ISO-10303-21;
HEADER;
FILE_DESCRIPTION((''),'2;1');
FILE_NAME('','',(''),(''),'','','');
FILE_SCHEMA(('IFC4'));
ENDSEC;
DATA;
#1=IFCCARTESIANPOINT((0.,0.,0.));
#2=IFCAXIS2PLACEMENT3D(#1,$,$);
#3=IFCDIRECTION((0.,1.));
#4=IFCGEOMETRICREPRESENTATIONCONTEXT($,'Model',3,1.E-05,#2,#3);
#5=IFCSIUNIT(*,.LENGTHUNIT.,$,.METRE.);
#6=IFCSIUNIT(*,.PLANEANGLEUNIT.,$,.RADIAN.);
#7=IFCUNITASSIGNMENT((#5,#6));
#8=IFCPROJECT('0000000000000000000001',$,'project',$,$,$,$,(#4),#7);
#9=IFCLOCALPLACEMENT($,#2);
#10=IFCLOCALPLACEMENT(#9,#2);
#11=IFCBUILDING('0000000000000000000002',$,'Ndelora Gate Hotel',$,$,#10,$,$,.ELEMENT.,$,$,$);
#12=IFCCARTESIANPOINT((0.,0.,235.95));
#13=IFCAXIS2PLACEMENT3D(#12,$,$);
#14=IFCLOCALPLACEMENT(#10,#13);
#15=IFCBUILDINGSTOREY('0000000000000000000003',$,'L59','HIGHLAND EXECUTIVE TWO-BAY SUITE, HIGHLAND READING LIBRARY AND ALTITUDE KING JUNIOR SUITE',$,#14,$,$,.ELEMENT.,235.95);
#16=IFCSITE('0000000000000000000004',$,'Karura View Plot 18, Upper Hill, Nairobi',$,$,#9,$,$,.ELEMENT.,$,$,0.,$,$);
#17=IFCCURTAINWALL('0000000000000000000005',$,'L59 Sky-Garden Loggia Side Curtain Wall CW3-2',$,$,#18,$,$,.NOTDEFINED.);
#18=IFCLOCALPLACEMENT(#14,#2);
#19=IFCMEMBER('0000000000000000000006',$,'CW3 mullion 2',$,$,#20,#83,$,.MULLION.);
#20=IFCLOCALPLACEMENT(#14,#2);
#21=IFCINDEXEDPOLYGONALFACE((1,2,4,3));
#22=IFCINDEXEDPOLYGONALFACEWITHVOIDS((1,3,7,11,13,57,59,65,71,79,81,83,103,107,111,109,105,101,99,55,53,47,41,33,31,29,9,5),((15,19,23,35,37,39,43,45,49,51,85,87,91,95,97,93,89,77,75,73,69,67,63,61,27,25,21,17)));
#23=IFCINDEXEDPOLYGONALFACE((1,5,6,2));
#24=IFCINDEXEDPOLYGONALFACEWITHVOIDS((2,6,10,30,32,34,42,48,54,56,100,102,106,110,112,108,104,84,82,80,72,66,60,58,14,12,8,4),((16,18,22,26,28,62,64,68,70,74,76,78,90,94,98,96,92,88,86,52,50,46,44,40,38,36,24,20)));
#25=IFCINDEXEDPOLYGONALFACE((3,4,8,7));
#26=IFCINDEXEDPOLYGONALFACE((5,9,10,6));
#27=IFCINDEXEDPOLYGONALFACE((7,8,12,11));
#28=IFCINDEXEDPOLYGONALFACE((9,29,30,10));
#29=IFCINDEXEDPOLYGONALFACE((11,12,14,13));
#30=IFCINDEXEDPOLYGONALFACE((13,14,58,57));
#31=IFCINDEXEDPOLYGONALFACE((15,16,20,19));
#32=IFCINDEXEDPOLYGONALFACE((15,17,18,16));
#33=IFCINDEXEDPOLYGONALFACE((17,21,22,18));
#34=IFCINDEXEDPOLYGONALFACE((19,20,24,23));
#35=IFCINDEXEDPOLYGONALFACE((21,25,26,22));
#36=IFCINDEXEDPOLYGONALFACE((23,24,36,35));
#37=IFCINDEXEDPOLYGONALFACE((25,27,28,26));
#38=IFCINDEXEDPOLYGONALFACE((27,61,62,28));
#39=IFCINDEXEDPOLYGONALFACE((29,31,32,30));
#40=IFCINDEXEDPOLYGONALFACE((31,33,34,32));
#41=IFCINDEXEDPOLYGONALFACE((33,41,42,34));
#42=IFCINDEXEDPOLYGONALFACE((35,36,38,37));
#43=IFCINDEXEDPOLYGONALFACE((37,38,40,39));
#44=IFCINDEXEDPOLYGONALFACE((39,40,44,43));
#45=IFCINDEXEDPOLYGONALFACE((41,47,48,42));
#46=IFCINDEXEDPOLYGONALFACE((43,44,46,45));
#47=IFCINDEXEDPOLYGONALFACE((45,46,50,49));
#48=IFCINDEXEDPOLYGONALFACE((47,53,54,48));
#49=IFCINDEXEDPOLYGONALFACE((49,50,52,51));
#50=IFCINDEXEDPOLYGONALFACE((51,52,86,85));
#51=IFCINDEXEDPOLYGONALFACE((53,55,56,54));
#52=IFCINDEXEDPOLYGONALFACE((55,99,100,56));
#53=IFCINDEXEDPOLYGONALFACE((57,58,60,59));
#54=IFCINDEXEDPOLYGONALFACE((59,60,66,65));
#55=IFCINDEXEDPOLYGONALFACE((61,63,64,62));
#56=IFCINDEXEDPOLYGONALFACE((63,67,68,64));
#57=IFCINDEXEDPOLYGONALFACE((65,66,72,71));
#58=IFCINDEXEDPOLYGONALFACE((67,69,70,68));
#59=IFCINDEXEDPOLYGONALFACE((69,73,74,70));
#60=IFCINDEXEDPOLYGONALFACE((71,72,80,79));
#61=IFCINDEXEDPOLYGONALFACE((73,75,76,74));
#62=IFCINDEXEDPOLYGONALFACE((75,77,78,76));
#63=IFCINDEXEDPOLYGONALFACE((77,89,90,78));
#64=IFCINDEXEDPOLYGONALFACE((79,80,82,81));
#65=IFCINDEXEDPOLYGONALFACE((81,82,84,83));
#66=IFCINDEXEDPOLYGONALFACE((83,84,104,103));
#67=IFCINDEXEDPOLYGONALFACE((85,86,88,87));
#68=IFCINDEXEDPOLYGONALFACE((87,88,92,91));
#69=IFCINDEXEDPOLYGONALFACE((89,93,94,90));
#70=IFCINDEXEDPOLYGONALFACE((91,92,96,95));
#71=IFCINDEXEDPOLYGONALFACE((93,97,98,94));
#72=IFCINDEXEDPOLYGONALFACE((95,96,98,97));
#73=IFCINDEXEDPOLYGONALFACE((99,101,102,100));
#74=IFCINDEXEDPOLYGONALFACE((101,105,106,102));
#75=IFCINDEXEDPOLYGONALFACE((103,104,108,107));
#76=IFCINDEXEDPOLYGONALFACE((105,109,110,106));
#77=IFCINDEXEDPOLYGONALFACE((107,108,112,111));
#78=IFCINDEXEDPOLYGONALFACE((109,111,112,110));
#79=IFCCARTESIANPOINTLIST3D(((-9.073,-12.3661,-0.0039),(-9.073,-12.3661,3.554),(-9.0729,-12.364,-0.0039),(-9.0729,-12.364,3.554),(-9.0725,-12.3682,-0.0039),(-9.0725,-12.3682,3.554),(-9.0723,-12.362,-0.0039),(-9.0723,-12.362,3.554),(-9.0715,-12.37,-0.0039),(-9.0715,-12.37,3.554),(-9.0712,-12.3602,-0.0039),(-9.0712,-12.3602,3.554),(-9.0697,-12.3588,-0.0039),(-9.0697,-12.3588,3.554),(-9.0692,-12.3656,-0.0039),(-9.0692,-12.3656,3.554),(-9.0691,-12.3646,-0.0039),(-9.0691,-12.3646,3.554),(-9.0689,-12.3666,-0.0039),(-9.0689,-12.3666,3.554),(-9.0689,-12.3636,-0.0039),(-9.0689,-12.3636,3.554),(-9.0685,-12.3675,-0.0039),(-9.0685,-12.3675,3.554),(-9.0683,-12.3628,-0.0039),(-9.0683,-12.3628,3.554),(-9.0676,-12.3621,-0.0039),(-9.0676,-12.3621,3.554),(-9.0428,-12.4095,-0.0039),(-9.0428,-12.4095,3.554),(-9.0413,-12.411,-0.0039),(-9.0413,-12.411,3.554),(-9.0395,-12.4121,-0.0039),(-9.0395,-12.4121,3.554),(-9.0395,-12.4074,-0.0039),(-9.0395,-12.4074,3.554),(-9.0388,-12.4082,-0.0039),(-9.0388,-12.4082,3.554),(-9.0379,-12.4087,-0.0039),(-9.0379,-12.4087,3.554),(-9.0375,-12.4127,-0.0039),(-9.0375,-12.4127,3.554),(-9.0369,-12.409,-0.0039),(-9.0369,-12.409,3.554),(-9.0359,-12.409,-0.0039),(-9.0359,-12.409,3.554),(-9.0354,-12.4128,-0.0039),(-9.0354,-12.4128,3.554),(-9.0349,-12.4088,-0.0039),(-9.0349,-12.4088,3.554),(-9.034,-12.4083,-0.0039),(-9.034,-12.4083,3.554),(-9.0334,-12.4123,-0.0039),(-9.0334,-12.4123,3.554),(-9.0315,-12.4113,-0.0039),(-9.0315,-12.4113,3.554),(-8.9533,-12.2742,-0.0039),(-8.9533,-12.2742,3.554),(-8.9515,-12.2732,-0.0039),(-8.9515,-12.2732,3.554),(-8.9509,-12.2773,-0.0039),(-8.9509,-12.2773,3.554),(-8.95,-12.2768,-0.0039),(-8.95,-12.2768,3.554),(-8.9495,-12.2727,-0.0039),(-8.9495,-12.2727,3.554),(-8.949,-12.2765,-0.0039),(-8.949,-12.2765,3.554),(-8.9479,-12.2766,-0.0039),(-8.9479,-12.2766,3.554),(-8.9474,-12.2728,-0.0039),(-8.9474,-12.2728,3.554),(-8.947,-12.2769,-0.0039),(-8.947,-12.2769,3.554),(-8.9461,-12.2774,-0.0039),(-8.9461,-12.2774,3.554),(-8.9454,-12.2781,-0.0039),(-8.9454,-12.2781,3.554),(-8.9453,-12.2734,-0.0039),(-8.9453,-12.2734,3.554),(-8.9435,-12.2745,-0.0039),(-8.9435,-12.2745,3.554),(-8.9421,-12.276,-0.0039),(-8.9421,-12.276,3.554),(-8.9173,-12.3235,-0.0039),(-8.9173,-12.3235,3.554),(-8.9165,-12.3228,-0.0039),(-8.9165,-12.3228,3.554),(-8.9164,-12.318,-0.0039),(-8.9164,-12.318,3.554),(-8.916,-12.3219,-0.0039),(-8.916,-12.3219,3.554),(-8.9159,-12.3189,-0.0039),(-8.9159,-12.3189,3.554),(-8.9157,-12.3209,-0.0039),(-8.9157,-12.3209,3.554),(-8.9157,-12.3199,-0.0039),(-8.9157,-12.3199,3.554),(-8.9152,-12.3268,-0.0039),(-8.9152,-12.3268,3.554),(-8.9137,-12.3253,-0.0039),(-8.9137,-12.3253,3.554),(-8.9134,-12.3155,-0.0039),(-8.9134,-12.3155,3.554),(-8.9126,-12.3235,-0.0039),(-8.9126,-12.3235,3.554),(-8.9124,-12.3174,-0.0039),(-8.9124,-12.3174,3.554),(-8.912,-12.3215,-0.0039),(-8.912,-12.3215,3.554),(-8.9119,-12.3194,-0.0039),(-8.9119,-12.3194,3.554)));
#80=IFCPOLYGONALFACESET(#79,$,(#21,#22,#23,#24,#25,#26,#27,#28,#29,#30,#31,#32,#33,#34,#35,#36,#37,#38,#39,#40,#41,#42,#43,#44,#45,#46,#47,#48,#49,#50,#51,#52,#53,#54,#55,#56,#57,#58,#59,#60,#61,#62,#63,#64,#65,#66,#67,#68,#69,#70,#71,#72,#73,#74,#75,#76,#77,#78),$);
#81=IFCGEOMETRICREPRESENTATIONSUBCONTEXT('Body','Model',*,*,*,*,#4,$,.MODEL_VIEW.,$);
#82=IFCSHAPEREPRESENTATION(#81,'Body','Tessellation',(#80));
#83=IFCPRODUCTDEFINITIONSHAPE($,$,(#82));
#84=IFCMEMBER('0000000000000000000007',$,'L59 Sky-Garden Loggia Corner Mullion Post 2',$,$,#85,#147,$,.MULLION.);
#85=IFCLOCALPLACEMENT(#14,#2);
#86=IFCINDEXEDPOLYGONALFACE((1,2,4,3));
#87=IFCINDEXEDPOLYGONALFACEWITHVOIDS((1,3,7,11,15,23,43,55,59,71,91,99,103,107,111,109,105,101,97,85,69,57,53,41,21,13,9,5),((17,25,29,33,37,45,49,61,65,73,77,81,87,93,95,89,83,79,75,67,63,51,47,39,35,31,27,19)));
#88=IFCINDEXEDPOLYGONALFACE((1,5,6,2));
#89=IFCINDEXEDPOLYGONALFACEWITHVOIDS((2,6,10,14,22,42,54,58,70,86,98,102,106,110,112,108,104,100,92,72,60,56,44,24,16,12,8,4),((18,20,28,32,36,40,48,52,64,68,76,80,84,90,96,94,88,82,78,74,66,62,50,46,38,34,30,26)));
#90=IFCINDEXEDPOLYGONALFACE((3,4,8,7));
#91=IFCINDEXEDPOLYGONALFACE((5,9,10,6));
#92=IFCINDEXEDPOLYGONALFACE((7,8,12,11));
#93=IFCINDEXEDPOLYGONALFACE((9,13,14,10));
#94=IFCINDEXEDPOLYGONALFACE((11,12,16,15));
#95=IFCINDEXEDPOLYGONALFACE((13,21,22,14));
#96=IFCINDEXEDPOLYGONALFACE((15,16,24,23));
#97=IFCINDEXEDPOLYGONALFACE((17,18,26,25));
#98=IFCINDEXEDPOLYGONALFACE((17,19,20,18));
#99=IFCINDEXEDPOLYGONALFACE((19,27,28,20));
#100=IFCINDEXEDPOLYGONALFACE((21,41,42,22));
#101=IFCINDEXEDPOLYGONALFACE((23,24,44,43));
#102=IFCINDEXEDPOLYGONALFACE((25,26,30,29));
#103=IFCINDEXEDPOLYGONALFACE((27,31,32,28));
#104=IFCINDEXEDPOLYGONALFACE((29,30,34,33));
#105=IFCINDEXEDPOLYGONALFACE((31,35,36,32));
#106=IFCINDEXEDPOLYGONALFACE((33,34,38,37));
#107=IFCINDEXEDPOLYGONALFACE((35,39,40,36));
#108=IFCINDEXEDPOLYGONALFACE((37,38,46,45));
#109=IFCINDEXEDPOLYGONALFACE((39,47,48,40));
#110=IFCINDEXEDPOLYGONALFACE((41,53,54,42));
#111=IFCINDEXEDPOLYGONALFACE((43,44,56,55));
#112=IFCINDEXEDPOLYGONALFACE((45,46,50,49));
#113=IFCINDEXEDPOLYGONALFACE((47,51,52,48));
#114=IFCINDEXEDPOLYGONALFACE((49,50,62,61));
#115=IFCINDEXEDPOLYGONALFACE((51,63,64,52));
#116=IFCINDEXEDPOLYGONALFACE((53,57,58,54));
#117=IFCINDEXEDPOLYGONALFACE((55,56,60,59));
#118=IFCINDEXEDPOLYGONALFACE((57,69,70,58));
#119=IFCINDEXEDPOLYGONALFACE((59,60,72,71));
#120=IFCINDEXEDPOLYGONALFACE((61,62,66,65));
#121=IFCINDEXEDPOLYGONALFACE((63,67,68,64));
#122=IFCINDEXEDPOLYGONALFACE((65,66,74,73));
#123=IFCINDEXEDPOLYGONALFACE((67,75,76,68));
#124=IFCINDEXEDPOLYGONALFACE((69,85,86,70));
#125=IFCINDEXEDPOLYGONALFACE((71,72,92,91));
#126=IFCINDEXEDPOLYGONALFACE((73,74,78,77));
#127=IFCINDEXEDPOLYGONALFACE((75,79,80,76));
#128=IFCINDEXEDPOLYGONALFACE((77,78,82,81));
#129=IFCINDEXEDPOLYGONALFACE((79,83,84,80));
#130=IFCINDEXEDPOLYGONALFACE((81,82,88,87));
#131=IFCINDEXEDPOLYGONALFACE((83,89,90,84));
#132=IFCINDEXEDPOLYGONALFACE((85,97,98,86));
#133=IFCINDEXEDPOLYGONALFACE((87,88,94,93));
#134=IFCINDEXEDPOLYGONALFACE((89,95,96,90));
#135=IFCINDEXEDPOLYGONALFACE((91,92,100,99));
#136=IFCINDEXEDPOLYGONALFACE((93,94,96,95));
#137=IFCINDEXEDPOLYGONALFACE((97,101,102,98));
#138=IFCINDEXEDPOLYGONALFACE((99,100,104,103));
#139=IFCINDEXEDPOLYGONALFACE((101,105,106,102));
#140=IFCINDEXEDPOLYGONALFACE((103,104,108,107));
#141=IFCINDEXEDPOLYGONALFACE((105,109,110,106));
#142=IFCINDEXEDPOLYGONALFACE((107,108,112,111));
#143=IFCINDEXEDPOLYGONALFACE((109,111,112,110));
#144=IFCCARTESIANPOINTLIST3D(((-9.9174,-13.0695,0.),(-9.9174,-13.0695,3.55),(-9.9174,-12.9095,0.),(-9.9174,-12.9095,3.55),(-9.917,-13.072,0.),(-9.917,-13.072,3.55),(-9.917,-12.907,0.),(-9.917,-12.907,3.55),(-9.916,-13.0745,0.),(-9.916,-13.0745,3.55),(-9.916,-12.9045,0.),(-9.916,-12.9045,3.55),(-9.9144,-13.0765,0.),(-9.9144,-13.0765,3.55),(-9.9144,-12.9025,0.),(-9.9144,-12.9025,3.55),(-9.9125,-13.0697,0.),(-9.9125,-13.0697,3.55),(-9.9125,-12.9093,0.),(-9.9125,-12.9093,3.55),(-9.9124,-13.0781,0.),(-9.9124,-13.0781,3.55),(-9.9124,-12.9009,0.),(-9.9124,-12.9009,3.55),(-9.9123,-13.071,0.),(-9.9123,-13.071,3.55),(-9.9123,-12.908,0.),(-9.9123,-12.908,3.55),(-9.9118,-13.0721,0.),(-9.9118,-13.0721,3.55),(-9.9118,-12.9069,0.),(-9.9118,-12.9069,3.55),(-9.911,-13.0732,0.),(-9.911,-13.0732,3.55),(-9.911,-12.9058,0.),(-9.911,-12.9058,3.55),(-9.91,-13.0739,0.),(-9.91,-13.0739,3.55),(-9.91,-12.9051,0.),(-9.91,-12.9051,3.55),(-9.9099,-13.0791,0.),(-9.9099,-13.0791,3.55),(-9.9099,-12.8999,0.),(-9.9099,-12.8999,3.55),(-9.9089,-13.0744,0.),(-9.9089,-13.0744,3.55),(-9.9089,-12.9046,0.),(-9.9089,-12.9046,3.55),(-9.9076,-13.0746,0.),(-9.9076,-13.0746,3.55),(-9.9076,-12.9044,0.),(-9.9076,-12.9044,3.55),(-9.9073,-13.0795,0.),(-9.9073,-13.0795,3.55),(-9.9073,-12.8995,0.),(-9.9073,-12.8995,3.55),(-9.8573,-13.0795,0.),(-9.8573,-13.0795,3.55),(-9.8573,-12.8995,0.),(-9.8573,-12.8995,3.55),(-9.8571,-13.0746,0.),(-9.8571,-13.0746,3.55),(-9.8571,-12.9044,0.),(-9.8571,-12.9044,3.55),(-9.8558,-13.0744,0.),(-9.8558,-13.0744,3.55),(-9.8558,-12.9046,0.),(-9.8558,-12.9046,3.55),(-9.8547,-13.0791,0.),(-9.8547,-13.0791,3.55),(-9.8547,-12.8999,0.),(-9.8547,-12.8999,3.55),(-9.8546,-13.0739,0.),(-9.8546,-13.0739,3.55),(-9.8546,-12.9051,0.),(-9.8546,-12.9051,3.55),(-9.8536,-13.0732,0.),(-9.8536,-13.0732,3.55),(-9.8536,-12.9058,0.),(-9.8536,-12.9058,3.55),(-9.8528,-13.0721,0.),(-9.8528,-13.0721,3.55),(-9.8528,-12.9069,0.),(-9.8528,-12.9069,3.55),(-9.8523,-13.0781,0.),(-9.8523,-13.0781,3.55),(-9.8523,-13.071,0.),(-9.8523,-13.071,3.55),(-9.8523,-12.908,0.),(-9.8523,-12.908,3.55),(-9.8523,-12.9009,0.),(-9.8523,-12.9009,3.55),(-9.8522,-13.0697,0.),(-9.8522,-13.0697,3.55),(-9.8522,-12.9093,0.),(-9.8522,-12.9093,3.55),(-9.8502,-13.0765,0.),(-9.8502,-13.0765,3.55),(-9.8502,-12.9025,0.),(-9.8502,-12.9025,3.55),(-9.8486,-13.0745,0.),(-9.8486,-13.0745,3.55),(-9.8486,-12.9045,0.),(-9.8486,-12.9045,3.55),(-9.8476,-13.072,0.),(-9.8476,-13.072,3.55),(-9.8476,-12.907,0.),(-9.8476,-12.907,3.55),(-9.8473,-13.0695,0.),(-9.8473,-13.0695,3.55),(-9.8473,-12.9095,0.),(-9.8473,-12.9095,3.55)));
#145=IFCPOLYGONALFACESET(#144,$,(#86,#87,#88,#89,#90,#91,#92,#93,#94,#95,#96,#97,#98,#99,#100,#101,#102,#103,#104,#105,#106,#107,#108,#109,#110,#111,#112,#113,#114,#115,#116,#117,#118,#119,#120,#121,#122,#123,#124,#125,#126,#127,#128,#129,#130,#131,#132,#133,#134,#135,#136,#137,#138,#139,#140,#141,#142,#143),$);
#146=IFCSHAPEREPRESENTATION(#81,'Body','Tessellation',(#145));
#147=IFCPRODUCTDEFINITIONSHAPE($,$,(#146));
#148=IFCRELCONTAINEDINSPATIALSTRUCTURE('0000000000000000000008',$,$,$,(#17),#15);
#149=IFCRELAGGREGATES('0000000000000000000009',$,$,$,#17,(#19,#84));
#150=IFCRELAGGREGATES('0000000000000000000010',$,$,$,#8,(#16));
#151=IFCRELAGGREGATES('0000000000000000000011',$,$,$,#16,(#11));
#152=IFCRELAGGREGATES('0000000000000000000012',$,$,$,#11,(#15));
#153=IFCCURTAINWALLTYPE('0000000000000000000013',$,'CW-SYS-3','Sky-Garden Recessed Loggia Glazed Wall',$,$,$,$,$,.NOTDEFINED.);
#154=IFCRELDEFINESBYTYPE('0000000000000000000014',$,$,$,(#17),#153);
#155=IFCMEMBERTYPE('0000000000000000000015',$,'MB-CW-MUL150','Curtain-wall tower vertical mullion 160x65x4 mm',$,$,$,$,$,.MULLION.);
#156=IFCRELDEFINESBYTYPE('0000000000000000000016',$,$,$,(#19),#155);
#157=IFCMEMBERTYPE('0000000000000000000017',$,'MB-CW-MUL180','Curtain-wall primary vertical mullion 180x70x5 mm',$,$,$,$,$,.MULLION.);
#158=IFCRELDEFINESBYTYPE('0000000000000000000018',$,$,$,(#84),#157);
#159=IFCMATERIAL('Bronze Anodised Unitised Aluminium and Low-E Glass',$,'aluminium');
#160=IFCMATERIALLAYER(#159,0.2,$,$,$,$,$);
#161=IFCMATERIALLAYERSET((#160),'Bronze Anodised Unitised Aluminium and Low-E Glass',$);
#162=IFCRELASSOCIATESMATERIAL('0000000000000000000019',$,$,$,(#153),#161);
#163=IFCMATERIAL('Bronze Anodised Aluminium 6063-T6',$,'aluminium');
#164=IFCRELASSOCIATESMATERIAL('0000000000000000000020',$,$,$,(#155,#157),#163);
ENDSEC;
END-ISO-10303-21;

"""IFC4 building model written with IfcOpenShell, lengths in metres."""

from ifc_helpers import new_model, si_unit, direction, frame, origin, origin_2d, place, context, subcontext, project, spatial, hollow_rectangle, extrude, material, layer, layer_set, material_profile, profile_set, type_object, element, aggregate, save


model = new_model("IFC4")

# Units and contexts
model_context = context("Model", 3, precision=1e-05, world=origin(), true_north=direction((0.0, 1.0)))
body_context = subcontext(model_context, "Body", "Model", "MODEL_VIEW")
ifc_project = project(units=[si_unit("LENGTHUNIT", "METRE"), si_unit("PLANEANGLEUNIT", "RADIAN")], contexts=[model_context])

# Site, building, storey
site_placement = place(None, origin())
site = spatial("IfcSite", under=ifc_project, at=site_placement, Name="Karura View Plot 18, Upper Hill, Nairobi", CompositionType="ELEMENT", RefElevation=0.0)
building_placement = place(site_placement, origin())
building = spatial("IfcBuilding", under=site, at=building_placement, Name="Ndelora Gate Hotel", CompositionType="ELEMENT")
storey_placement = place(building_placement, frame((0.0, 0.0, 235.95)))
storey = spatial("IfcBuildingStorey", under=building, at=storey_placement, Name="L59", Description="HIGHLAND EXECUTIVE TWO-BAY SUITE, HIGHLAND READING LIBRARY AND ALTITUDE KING JUNIOR SUITE", CompositionType="ELEMENT", Elevation=235.95)

# Curtain wall, members
ifc_material_1 = material(Name="Bronze Anodised Unitised Aluminium and Low-E Glass", Category="aluminium")
ifc_layer_1 = layer(ifc_material_1, 0.2)
ifc_layer_set_1 = layer_set([ifc_layer_1], Name="Bronze Anodised Unitised Aluminium and Low-E Glass")
curtain_wall_type = type_object("IfcCurtainWallType", Name="CW-SYS-3", Description="Sky-Garden Recessed Loggia Glazed Wall", PredefinedType="NOTDEFINED", material=ifc_layer_set_1)
curtain_wall_placement = place(storey_placement, origin())
curtain_wall = element("IfcCurtainWall", 1, at=curtain_wall_placement, inside=storey, type_object=curtain_wall_type, Name="L59 Sky-Garden Loggia Side Curtain Wall CW3-2", PredefinedType="NOTDEFINED")
ifc_material_2 = material(Name="Bronze Anodised Aluminium 6063-T6", Category="aluminium")
ifc_material_profile_1 = material_profile(ifc_material_2, hollow_rectangle(XDim=0.0649, YDim=0.1599, WallThickness=0.0039, InnerFilletRadius=0.0039, OuterFilletRadius=0.0081, at=origin_2d()), Name="ALU 160x65x4")
ifc_profile_set_1 = profile_set([ifc_material_profile_1], Name="Bronze Anodised Aluminium 6063-T6")
member_type_1 = type_object("IfcMemberType", Name="MB-CW-MUL150", Description="Curtain-wall tower vertical mullion 160x65x4 mm", PredefinedType="MULLION", material=ifc_profile_set_1)
member_1_placement = place(storey_placement, frame((-8.9924, -12.3428, -0.0039), z_axis=(0.0, 0.0, 1.0), x_axis=(-0.587764, 0.809033, 0.0)))
member_1 = element("IfcMember", 2, at=member_1_placement, type_object=member_type_1, Name="CW3 mullion 2", PredefinedType="MULLION", context=body_context, shape_type="SweptSolid", body=[
    extrude(hollow_rectangle(XDim=0.0649, YDim=0.1599, WallThickness=0.0039, InnerFilletRadius=0.0039, OuterFilletRadius=0.0081, at=origin_2d()), origin(), (0.0, 0.0, 1.0), 3.5579),
])
ifc_material_profile_2 = material_profile(ifc_material_2, hollow_rectangle(XDim=0.0701, YDim=0.1799, WallThickness=0.0049, InnerFilletRadius=0.0049, OuterFilletRadius=0.01, at=origin_2d()), Name="ALU 180x70x5")
ifc_profile_set_2 = profile_set([ifc_material_profile_2], Name="Bronze Anodised Aluminium 6063-T6")
member_type_2 = type_object("IfcMemberType", Name="MB-CW-MUL180", Description="Curtain-wall primary vertical mullion 180x70x5 mm", PredefinedType="MULLION", material=ifc_profile_set_2)
member_2_placement = place(storey_placement, frame((-9.8823, -12.9895, 0.0), z_axis=(0.0, 0.0, 1.0), x_axis=(1.0, 0.0, 0.0)))
member_2 = element("IfcMember", 3, at=member_2_placement, type_object=member_type_2, Name="L59 Sky-Garden Loggia Corner Mullion Post 2", PredefinedType="MULLION", context=body_context, shape_type="SweptSolid", body=[
    extrude(hollow_rectangle(XDim=0.0701, YDim=0.1799, WallThickness=0.0049, InnerFilletRadius=0.0049, OuterFilletRadius=0.01, at=origin_2d()), origin(), (0.0, 0.0, 1.0), 3.55),
])
aggregate(curtain_wall, [member_1, member_2])

save(model, "model.ifc")
